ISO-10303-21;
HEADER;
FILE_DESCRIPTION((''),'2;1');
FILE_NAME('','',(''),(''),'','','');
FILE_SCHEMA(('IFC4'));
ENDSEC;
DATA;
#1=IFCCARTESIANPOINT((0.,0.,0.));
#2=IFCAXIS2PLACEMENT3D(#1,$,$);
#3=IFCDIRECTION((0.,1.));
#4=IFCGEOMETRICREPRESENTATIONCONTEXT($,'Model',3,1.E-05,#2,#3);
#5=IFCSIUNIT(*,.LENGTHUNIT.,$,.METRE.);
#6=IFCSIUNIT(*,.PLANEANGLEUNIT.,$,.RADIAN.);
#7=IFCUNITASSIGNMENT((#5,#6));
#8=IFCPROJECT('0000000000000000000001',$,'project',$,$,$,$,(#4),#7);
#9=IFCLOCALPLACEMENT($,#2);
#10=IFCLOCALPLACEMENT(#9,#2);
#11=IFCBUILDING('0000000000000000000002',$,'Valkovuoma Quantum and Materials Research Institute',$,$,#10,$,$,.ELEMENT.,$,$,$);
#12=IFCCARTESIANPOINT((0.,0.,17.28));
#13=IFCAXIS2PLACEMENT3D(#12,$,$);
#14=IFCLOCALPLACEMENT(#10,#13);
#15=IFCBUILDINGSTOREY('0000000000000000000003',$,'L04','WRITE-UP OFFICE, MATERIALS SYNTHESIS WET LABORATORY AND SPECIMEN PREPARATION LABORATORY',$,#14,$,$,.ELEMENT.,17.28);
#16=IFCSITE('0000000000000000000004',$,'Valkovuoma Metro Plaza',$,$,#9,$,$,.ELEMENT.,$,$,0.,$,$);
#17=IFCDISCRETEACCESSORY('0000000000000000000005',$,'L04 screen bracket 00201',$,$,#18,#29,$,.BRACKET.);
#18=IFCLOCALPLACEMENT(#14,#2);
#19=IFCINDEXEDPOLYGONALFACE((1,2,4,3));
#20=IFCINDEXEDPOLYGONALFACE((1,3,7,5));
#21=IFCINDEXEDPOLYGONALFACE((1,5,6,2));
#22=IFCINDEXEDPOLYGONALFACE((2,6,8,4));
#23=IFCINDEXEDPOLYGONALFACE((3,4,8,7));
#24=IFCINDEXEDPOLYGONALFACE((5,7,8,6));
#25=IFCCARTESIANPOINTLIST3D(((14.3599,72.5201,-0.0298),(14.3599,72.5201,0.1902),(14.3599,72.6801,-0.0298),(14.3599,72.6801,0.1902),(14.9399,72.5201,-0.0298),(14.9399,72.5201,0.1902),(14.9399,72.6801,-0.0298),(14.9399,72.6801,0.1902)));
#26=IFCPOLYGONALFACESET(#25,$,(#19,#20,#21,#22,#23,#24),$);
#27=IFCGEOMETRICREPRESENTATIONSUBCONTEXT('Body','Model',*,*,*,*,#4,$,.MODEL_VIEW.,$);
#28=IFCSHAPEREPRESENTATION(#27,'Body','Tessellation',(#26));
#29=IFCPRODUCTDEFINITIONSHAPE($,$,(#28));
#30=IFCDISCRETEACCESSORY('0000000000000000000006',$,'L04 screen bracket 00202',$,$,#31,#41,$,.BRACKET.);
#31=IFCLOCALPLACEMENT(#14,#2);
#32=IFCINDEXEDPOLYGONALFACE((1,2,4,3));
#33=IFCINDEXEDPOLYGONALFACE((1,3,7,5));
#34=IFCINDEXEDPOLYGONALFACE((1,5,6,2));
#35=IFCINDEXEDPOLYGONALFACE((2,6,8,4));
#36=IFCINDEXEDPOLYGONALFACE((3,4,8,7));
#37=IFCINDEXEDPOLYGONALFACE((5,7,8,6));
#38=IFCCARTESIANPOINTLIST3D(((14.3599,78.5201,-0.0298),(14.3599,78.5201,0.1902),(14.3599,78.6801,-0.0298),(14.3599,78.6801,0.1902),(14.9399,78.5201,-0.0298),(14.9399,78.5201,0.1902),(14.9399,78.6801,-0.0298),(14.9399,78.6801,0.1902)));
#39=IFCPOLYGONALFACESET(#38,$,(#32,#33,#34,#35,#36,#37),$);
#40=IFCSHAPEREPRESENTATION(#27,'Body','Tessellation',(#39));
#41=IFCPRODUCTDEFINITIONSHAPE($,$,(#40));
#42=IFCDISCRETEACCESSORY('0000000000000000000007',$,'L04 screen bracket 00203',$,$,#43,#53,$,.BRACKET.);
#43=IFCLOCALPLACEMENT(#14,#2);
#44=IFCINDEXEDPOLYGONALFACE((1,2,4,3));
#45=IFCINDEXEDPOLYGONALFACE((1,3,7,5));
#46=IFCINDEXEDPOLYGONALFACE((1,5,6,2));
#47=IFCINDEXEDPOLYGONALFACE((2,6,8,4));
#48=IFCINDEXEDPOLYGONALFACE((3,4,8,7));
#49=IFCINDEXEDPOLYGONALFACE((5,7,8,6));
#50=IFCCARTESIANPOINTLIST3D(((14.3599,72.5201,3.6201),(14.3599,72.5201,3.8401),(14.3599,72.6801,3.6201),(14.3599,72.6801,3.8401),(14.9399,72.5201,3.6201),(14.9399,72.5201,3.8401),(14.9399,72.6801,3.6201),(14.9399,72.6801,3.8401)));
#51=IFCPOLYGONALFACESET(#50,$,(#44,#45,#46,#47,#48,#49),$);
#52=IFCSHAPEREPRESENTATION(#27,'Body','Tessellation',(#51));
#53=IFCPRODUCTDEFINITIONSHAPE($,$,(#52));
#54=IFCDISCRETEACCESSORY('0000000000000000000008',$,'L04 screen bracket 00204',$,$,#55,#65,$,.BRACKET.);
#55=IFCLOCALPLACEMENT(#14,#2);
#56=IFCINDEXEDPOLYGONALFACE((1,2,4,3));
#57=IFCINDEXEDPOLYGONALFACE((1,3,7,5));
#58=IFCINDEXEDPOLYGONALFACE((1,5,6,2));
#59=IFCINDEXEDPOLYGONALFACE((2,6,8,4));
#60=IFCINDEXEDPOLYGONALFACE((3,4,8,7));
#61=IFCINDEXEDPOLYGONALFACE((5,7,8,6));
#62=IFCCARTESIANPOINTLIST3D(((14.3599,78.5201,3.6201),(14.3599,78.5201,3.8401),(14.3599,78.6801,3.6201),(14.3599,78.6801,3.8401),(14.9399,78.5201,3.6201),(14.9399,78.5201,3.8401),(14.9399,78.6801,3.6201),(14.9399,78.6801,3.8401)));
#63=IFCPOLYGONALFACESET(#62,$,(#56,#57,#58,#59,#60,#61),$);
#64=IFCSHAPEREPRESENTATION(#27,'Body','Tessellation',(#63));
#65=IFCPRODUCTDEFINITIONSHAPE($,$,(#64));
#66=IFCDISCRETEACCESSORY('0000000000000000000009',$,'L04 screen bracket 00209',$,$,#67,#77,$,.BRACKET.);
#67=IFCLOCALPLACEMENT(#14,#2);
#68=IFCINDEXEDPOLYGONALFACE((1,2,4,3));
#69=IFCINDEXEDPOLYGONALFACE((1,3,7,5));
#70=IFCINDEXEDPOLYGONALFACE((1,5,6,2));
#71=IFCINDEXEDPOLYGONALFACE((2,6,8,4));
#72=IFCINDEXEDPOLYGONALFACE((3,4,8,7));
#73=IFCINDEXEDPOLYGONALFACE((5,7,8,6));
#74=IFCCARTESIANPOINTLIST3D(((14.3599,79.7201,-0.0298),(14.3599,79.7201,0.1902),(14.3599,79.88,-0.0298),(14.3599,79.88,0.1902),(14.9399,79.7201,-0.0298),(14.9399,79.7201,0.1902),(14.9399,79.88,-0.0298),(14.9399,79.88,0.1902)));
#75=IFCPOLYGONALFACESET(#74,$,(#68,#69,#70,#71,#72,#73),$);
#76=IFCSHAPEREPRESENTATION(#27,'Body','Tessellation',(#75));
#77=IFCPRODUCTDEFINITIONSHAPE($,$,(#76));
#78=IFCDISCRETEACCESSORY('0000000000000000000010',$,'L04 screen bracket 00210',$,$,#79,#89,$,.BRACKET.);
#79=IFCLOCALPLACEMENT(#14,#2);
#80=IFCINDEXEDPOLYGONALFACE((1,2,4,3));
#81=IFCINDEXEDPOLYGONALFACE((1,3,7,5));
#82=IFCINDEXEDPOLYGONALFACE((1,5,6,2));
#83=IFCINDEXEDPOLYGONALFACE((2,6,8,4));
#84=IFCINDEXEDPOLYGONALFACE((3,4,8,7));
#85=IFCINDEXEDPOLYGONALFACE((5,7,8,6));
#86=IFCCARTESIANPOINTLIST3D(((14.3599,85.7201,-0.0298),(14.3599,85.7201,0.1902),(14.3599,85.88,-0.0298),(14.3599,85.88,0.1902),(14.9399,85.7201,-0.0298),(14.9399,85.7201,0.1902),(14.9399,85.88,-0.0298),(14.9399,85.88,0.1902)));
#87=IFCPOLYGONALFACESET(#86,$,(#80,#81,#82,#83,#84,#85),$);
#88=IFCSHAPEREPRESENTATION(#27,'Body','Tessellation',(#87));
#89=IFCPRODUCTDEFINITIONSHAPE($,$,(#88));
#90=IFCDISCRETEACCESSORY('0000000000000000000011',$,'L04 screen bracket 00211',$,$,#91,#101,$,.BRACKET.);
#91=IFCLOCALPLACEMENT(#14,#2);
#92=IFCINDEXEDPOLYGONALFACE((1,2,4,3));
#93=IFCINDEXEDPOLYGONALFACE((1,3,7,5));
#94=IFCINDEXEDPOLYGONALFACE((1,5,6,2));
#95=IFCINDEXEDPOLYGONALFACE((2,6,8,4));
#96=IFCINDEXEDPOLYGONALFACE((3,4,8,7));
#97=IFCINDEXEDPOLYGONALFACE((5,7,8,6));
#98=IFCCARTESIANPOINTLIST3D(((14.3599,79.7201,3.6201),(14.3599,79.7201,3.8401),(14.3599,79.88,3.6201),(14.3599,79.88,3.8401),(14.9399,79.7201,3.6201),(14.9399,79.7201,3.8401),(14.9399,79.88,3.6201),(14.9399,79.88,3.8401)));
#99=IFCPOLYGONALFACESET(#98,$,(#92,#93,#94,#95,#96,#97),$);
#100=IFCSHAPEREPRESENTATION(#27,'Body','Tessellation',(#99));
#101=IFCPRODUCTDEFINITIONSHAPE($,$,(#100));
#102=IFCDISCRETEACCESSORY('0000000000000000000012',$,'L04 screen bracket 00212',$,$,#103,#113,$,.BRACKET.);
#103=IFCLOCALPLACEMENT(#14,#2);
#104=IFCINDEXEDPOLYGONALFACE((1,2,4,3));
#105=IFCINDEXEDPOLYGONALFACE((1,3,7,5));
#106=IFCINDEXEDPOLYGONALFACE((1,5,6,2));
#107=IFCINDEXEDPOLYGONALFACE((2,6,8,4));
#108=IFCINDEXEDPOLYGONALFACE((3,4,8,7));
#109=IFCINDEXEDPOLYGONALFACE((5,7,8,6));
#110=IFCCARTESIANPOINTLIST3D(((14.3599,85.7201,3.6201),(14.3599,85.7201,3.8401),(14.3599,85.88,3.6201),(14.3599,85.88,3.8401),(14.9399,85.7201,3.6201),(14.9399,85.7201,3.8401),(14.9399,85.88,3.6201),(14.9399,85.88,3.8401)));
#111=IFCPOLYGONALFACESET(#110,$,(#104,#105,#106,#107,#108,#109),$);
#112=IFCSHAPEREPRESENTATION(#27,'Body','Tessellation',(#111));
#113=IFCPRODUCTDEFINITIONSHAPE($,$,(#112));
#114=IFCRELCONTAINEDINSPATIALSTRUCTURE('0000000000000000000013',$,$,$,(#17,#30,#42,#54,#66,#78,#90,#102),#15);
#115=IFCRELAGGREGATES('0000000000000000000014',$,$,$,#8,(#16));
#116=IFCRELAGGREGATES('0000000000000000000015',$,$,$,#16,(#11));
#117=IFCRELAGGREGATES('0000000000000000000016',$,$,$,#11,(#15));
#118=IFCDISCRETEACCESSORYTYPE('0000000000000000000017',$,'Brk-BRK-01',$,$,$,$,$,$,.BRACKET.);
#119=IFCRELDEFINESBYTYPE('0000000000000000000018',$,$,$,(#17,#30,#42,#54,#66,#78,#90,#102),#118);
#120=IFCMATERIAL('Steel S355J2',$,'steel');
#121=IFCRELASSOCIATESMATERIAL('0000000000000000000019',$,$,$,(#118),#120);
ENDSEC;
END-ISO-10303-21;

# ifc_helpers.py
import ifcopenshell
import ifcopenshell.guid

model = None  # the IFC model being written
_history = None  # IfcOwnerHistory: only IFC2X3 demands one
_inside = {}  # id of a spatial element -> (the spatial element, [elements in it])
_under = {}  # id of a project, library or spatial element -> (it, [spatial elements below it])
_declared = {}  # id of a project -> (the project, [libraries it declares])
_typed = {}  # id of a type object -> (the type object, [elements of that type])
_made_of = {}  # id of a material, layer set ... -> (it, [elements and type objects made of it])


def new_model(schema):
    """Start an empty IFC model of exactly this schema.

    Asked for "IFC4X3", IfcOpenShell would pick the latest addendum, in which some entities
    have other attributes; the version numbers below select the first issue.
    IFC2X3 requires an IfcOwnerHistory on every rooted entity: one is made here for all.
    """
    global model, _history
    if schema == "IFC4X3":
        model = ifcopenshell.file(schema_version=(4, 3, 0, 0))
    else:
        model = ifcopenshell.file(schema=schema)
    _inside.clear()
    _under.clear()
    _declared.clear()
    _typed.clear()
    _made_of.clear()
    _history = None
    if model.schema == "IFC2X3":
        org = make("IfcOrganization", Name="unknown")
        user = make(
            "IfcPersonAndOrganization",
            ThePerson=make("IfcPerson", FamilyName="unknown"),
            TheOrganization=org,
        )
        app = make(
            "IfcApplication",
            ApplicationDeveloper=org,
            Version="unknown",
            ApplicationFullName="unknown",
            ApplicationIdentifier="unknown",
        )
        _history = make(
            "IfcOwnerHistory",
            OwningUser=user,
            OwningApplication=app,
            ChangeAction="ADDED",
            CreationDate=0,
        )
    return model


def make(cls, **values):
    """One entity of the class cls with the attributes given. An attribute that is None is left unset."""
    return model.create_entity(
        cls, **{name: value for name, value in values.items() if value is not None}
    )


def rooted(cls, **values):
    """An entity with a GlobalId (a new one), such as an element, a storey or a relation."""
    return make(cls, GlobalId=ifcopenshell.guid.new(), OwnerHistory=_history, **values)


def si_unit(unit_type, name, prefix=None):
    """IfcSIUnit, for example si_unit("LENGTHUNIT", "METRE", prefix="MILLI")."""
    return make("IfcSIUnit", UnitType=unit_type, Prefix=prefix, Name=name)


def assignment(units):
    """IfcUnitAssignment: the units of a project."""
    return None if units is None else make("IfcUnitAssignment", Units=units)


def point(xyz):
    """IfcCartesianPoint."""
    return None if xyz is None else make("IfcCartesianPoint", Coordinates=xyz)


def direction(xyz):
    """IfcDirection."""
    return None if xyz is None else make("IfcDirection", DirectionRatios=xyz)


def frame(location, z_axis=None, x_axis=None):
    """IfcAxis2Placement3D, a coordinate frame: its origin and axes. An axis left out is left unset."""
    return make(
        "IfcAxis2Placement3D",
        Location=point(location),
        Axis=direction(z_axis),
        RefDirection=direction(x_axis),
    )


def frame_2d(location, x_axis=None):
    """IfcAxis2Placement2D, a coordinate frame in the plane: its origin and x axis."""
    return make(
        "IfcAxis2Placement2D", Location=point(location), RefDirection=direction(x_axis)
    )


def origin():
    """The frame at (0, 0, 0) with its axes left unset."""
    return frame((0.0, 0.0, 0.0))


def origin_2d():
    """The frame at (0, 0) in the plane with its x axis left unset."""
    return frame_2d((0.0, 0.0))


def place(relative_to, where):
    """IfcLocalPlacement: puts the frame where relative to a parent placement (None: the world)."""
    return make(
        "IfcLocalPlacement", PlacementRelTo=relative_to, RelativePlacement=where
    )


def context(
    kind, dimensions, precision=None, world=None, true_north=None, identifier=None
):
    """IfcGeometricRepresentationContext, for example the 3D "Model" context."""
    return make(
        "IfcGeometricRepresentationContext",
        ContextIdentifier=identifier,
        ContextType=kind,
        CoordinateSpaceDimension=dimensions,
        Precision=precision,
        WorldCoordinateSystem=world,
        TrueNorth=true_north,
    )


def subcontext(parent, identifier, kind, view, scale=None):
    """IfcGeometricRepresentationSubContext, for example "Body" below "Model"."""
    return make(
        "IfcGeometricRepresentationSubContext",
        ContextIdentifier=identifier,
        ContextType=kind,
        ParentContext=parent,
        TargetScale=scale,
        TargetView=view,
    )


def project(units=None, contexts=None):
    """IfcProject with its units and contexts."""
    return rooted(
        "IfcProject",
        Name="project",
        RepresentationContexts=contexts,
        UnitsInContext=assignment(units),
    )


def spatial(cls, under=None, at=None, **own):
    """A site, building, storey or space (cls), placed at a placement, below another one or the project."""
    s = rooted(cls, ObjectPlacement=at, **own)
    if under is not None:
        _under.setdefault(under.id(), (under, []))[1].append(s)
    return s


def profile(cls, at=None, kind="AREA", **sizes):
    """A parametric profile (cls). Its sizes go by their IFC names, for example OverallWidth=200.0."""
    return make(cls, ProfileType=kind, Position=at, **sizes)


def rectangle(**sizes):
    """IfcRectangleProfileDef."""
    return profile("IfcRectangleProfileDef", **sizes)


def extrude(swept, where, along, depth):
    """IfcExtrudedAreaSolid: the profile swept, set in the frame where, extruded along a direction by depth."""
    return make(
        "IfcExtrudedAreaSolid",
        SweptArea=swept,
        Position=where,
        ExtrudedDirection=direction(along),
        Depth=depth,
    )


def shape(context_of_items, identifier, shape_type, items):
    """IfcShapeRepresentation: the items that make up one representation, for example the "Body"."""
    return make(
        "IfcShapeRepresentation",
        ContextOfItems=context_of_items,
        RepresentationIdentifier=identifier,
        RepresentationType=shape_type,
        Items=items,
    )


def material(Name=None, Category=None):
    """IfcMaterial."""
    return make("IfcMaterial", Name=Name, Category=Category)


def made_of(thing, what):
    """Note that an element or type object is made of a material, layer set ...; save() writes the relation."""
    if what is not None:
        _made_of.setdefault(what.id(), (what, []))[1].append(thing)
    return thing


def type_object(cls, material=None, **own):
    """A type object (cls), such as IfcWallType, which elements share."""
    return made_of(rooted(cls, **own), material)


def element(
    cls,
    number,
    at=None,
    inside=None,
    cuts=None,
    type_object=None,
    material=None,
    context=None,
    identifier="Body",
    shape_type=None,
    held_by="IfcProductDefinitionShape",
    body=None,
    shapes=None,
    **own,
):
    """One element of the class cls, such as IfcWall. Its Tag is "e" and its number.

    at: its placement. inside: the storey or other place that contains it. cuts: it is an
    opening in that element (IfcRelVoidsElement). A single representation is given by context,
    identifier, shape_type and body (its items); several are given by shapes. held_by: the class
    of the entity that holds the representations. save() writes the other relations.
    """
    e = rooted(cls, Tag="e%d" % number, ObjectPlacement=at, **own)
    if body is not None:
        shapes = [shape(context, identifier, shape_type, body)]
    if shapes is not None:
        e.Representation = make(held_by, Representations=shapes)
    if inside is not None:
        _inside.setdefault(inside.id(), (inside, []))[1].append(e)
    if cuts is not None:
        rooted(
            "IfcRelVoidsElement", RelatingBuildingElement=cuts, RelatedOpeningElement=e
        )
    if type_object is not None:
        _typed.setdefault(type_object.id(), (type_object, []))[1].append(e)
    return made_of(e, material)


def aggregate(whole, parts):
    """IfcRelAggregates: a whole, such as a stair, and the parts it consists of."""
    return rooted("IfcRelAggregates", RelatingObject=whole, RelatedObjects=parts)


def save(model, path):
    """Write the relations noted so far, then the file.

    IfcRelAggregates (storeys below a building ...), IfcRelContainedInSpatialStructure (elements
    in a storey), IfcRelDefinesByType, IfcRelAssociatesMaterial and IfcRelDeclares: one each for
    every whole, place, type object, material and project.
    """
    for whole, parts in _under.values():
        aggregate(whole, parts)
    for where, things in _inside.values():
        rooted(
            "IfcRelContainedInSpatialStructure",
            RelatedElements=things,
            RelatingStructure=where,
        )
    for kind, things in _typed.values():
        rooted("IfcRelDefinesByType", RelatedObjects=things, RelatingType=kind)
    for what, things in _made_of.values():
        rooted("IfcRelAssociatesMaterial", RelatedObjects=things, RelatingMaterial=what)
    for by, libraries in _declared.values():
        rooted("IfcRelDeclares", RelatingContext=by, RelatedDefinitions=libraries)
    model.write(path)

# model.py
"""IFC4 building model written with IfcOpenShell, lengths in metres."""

from ifc_helpers import new_model, si_unit, direction, frame, origin, origin_2d, place, context, subcontext, project, spatial, rectangle, extrude, material, type_object, element, save


model = new_model("IFC4")

# Units and contexts
model_context = context("Model", 3, precision=1e-05, world=origin(), true_north=direction((0.0, 1.0)))
body_context = subcontext(model_context, "Body", "Model", "MODEL_VIEW")
ifc_project = project(units=[si_unit("LENGTHUNIT", "METRE"), si_unit("PLANEANGLEUNIT", "RADIAN")], contexts=[model_context])

# Site, building, storey
site_placement = place(None, origin())
site = spatial("IfcSite", under=ifc_project, at=site_placement, Name="Valkovuoma Metro Plaza", CompositionType="ELEMENT", RefElevation=0.0)
building_placement = place(site_placement, origin())
building = spatial("IfcBuilding", under=site, at=building_placement, Name="Valkovuoma Quantum and Materials Research Institute", CompositionType="ELEMENT")
storey_placement = place(building_placement, frame((0.0, 0.0, 17.28)))
storey = spatial("IfcBuildingStorey", under=building, at=storey_placement, Name="L04", Description="WRITE-UP OFFICE, MATERIALS SYNTHESIS WET LABORATORY AND SPECIMEN PREPARATION LABORATORY", CompositionType="ELEMENT", Elevation=17.28)

# Discrete accessories
ifc_material_1 = material(Name="Steel S355J2", Category="steel")
discrete_accessory_type = type_object("IfcDiscreteAccessoryType", Name="Brk-BRK-01", PredefinedType="BRACKET", material=ifc_material_1)
for number, where, z_axis, x_axis, name in (
    (1, (14.6499, 72.6001, -0.0298), (0.0, 0.0, 1.0), (1.0, 0.0, 0.0), "L04 screen bracket 00201"),
    (2, (14.6499, 78.6001, -0.0298), (0.0, 0.0, 1.0), (1.0, 0.0, 0.0), "L04 screen bracket 00202"),
    (3, (14.6499, 72.6001, 3.6201), (0.0, 0.0, 1.0), (1.0, 0.0, 0.0), "L04 screen bracket 00203"),
    (4, (14.6499, 78.6001, 3.6201), (0.0, 0.0, 1.0), (1.0, 0.0, 0.0), "L04 screen bracket 00204"),
    (5, (14.6499, 79.8, -0.0298), (0.0, 0.0, 1.0), (1.0, 0.0, 0.0), "L04 screen bracket 00209"),
    (6, (14.6499, 85.8, -0.0298), (0.0, 0.0, 1.0), (1.0, 0.0, 0.0), "L04 screen bracket 00210"),
    (7, (14.6499, 79.8, 3.6201), (0.0, 0.0, 1.0), (1.0, 0.0, 0.0), "L04 screen bracket 00211"),
    (8, (14.6499, 85.8, 3.6201), (0.0, 0.0, 1.0), (1.0, 0.0, 0.0), "L04 screen bracket 00212"),
):
    element("IfcDiscreteAccessory", number, at=place(storey_placement, frame(where, z_axis=z_axis, x_axis=x_axis)), inside=storey, type_object=discrete_accessory_type, Name=name, PredefinedType="BRACKET", context=body_context, shape_type="SweptSolid", body=[
        extrude(rectangle(XDim=0.5801, YDim=0.1599, at=origin_2d()), origin(), (0.0, 0.0, 1.0), 0.22),
    ])

save(model, "model.ifc")
